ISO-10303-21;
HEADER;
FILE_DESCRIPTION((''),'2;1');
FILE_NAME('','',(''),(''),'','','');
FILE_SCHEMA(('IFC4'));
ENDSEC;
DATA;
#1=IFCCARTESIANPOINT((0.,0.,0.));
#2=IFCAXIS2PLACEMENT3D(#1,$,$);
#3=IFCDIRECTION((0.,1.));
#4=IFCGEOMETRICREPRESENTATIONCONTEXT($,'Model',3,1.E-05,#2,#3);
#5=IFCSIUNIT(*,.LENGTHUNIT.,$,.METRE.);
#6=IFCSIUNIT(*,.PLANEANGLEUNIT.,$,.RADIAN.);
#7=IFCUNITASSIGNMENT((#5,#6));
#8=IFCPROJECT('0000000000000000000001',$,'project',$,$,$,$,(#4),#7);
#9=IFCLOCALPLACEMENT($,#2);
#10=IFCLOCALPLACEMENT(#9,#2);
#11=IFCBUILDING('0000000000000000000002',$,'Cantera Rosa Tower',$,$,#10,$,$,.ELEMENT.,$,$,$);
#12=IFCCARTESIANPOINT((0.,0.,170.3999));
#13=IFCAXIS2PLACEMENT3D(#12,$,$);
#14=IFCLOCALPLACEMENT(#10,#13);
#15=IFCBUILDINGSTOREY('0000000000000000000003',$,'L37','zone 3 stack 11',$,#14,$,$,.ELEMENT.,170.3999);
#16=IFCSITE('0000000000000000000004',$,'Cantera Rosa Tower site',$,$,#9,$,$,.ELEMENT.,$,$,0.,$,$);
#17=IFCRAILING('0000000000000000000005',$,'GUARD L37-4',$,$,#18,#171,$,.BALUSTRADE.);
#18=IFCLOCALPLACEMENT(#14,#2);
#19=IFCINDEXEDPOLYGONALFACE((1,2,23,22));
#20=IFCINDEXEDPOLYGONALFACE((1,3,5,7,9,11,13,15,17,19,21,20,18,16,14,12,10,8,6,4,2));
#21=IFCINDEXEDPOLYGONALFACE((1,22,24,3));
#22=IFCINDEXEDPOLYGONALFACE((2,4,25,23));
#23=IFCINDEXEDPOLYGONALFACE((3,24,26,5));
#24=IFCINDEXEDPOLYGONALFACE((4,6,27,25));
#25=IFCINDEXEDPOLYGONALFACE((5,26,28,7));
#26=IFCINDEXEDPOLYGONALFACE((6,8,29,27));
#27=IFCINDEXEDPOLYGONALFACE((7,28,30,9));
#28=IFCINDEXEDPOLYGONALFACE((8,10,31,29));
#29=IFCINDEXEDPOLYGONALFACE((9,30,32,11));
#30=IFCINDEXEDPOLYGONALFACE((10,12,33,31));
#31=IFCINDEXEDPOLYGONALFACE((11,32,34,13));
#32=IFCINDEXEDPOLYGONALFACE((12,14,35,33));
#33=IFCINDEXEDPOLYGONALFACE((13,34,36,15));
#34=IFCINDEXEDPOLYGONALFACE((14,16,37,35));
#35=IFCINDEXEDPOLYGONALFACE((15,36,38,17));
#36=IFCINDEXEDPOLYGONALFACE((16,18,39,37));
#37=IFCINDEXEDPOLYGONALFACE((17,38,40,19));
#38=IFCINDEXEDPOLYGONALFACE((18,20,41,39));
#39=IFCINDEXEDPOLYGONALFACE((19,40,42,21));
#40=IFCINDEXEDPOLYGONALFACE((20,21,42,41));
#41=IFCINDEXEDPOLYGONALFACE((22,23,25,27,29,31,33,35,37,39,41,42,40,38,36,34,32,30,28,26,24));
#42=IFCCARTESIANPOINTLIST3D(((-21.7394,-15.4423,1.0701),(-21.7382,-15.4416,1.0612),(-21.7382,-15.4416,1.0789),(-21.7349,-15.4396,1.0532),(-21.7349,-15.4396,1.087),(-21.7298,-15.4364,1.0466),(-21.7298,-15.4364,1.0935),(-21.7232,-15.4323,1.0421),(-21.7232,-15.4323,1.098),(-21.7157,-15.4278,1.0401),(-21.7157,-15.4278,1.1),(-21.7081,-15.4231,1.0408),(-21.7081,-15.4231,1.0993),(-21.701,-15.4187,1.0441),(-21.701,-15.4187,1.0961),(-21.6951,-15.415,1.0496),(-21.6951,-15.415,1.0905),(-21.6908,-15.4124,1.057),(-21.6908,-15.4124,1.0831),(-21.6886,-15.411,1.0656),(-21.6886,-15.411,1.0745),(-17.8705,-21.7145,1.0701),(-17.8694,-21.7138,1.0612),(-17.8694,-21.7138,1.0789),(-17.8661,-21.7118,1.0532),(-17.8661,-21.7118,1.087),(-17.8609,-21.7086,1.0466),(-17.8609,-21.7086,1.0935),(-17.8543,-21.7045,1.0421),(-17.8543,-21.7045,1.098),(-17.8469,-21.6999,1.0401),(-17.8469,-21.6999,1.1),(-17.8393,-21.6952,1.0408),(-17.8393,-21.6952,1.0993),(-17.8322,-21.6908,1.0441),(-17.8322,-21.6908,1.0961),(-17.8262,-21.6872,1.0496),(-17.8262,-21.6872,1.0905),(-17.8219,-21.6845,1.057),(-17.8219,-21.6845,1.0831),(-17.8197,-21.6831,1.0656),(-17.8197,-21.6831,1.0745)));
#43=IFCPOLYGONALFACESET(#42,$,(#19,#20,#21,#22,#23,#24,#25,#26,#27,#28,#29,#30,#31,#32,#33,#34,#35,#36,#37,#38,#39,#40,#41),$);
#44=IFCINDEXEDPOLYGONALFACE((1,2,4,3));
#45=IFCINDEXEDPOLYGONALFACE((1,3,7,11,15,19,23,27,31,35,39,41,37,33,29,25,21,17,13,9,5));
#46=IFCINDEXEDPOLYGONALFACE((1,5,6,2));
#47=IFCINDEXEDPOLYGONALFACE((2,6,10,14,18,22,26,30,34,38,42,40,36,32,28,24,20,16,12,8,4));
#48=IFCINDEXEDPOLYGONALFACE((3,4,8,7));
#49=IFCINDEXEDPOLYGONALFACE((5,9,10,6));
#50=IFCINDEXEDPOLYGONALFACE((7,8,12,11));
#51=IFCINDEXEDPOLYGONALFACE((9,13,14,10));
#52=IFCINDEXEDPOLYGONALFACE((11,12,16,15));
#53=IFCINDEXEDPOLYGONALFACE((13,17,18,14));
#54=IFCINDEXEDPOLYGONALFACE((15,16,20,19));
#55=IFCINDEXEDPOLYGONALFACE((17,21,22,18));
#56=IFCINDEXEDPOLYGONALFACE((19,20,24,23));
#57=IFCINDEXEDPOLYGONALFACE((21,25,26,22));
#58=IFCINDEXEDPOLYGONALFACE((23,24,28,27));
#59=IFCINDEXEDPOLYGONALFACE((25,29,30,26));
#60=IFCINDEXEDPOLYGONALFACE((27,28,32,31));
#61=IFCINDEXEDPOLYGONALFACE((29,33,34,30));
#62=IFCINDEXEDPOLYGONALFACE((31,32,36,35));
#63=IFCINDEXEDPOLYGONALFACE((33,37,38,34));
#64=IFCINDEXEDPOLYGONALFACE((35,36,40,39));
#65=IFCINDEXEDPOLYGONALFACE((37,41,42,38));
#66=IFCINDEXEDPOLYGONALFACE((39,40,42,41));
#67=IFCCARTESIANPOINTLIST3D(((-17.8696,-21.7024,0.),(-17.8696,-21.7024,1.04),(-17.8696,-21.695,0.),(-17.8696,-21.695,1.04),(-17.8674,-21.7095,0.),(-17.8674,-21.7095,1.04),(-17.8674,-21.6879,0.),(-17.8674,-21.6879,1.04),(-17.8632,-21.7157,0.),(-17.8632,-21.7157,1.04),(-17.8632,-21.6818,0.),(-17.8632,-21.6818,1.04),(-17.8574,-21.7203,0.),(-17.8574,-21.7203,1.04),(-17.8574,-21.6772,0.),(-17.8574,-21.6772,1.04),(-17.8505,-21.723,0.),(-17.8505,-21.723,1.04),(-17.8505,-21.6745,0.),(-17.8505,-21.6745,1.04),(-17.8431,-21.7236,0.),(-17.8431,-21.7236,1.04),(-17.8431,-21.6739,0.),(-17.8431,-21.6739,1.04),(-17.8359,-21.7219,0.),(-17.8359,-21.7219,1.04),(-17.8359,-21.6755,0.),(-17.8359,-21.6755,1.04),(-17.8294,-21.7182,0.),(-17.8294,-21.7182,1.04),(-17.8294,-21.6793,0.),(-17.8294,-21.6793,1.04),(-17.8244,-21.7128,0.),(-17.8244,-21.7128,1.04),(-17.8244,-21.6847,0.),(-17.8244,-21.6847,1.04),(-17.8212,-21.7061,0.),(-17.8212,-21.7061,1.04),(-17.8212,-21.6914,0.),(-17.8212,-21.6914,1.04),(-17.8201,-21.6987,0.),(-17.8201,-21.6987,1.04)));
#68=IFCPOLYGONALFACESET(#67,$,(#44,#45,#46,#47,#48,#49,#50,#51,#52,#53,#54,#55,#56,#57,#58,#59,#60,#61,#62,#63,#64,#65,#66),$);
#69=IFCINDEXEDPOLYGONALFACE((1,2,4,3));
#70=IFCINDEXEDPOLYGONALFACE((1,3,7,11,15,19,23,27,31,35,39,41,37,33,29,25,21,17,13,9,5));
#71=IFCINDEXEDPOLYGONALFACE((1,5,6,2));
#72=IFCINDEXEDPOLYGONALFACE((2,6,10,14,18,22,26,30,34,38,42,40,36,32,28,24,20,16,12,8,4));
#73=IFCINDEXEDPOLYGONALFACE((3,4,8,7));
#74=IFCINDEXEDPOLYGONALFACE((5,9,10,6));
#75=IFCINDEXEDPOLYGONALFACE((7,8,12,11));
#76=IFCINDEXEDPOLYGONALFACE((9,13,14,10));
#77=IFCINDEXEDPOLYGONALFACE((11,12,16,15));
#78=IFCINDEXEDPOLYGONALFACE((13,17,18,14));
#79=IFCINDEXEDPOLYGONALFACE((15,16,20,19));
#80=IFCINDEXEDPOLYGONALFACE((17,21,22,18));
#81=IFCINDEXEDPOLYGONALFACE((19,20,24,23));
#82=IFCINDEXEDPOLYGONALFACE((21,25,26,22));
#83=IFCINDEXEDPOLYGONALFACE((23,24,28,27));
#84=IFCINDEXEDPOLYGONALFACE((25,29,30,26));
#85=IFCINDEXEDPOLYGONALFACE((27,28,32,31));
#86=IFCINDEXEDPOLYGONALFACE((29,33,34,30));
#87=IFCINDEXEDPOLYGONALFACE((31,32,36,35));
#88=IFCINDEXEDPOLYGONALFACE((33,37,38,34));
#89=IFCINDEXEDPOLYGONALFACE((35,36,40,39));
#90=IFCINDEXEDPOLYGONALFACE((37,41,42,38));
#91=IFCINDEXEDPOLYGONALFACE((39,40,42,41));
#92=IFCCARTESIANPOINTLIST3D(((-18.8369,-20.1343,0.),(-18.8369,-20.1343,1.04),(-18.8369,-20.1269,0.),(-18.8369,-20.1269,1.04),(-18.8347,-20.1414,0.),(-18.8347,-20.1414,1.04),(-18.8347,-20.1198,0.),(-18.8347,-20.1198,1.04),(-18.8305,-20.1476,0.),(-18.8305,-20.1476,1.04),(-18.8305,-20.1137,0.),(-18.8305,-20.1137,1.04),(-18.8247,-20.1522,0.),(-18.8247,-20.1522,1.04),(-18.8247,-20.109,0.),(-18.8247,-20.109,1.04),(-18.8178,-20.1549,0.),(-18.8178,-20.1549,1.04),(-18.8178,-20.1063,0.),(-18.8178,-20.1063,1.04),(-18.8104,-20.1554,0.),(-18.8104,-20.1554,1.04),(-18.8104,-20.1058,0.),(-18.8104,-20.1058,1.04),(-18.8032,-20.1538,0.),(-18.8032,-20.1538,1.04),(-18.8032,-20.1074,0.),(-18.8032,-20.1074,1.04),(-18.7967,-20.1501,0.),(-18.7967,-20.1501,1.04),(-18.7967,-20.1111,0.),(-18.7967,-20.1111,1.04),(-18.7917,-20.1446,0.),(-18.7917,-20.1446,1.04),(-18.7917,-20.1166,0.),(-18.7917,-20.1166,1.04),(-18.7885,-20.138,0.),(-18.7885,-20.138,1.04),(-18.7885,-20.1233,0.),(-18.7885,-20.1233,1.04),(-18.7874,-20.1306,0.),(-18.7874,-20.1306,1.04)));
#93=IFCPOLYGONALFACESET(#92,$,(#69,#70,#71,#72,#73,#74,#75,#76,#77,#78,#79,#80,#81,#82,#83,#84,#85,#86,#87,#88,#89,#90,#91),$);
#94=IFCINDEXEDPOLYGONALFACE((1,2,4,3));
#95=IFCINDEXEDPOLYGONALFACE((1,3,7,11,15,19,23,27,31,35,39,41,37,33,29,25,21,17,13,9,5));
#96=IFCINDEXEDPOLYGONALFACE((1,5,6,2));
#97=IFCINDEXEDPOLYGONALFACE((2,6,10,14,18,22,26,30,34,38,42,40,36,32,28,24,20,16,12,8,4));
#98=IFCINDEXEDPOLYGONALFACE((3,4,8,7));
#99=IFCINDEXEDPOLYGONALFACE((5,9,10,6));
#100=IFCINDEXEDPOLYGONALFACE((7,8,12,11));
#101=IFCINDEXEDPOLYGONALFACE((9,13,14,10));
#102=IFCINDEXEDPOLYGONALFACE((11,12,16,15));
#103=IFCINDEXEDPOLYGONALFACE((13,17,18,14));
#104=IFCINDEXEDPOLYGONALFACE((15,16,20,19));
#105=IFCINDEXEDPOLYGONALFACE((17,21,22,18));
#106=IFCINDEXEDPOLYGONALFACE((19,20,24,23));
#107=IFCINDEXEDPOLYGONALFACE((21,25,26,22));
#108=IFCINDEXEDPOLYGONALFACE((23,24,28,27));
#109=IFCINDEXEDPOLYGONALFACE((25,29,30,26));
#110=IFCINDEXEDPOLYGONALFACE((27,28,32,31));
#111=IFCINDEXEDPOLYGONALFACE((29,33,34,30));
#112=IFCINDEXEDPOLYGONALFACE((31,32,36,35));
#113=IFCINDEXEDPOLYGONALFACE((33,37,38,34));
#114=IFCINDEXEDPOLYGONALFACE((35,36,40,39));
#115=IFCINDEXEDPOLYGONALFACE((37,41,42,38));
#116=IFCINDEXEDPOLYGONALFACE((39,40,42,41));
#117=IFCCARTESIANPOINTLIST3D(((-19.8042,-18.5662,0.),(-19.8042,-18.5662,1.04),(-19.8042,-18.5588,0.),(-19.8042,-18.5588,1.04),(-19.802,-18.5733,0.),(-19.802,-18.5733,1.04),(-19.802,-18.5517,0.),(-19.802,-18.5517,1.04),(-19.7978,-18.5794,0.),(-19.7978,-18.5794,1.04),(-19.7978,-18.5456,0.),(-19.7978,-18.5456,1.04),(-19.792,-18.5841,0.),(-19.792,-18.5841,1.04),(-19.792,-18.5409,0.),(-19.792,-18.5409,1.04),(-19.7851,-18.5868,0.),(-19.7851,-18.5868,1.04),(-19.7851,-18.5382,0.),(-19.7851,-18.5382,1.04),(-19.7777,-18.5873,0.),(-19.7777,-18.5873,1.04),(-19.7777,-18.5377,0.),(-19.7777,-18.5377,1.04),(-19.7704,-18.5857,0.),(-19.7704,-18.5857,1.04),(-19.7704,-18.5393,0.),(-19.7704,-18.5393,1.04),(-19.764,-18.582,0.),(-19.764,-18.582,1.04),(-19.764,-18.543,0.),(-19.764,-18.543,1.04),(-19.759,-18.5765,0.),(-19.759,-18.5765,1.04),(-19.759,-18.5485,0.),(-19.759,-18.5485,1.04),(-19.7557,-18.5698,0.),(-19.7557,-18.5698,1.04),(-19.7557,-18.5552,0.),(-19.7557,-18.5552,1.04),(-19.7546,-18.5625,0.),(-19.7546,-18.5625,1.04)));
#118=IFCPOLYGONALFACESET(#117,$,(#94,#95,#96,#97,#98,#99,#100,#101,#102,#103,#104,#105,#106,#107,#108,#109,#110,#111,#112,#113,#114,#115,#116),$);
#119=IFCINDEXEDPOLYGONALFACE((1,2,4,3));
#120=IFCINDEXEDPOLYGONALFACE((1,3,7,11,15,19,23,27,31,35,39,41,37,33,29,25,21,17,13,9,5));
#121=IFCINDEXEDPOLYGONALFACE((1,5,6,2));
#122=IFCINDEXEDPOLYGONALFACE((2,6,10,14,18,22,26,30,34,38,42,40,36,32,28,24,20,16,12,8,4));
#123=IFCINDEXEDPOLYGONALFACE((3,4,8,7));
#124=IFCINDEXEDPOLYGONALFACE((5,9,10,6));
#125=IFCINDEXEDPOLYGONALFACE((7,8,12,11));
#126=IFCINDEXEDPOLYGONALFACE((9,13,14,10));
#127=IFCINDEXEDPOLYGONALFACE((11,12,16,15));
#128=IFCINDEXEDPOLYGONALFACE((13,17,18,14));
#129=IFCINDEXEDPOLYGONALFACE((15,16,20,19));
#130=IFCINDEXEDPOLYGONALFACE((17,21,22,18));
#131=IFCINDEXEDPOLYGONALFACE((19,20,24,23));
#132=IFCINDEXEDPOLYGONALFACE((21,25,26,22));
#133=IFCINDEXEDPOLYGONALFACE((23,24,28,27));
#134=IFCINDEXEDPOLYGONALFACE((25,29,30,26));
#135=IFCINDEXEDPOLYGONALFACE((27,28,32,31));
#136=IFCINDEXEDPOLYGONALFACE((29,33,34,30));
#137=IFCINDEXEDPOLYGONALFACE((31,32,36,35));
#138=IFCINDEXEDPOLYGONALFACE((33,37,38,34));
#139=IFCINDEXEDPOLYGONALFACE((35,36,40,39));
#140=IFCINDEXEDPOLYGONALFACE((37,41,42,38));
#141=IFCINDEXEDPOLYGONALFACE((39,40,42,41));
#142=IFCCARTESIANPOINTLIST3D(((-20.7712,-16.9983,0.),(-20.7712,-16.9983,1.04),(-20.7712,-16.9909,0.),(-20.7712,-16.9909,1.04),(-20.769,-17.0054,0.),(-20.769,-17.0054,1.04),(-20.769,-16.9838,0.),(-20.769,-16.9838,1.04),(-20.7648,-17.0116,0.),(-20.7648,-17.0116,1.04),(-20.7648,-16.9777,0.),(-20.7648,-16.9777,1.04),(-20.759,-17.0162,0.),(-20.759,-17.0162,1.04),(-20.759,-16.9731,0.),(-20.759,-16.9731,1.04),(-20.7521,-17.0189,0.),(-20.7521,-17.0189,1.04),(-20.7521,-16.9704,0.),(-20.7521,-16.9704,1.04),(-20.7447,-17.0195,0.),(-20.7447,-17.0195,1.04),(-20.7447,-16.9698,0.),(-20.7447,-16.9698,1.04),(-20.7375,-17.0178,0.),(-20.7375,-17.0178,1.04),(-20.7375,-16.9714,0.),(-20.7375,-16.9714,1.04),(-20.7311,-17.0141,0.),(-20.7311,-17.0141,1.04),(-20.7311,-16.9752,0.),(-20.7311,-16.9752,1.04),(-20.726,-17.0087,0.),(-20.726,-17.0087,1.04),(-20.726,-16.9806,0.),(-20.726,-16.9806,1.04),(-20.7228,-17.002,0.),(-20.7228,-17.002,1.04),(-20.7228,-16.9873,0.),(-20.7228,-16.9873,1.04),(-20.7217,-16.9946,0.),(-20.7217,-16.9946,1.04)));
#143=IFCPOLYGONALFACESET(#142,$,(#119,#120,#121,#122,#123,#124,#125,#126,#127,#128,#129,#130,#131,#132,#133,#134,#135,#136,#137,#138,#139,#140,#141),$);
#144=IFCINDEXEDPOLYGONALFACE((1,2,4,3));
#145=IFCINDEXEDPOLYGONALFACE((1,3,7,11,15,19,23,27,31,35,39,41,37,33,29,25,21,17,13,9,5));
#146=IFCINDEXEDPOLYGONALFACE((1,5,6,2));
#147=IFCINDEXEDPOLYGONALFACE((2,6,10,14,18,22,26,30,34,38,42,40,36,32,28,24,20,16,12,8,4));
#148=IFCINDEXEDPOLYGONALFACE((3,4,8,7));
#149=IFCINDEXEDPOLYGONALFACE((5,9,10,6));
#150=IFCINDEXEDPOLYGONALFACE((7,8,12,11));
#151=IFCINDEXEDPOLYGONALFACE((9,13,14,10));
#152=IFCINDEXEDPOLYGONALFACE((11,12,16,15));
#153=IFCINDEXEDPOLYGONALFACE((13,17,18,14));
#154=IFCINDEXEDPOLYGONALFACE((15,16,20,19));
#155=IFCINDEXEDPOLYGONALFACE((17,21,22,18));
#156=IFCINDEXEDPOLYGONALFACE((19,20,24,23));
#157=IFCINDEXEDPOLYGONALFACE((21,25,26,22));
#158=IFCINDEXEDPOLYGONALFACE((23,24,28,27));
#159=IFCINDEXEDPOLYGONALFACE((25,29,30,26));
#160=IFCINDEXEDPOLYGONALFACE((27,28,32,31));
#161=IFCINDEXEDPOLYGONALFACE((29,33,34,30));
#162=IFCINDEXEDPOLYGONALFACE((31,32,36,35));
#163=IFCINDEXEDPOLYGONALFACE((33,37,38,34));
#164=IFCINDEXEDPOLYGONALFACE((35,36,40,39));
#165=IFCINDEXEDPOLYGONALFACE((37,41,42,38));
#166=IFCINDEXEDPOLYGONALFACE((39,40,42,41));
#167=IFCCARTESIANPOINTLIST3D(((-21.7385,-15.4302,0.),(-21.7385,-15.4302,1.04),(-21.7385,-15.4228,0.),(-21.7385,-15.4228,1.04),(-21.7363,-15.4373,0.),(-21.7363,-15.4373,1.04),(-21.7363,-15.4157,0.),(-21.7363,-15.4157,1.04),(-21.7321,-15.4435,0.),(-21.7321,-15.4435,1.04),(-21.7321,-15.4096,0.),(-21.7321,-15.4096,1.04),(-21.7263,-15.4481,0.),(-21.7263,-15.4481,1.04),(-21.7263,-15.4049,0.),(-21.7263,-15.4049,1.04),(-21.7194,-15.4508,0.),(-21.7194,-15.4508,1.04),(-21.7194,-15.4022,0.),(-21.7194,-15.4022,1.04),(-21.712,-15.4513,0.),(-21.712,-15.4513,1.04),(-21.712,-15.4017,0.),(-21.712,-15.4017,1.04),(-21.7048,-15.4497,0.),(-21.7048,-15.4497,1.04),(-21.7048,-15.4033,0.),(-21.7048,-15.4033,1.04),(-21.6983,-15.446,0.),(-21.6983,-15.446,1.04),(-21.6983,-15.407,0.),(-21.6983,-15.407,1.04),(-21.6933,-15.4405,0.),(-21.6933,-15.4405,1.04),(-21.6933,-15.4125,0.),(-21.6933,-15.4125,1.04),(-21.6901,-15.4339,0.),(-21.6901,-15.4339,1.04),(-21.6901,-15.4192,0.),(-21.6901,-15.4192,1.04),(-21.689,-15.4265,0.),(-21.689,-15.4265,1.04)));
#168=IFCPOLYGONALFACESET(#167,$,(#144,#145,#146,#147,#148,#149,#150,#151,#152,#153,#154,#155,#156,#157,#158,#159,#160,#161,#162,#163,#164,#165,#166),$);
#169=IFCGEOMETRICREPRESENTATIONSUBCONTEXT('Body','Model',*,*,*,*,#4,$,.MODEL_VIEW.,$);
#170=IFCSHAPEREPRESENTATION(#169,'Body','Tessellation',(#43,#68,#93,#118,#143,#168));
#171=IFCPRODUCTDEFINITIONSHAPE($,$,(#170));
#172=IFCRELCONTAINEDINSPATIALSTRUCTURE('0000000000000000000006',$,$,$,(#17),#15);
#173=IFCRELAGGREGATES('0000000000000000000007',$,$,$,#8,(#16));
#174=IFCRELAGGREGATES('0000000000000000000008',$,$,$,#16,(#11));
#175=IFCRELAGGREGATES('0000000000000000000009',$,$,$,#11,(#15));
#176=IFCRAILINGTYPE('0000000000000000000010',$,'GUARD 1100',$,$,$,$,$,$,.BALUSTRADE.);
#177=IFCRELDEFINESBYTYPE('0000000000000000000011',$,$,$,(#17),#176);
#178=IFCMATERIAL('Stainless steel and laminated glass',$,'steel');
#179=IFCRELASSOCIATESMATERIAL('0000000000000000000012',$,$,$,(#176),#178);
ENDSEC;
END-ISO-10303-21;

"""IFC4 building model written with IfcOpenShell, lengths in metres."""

from ifc_helpers import new_model, si_unit, direction, frame, origin, origin_2d, place, context, subcontext, project, spatial, circle, extrude, material, type_object, element, save


model = new_model("IFC4")

# Units and contexts
model_context = context("Model", 3, precision=1e-05, world=origin(), true_north=direction((0.0, 1.0)))
body_context = subcontext(model_context, "Body", "Model", "MODEL_VIEW")
ifc_project = project(units=[si_unit("LENGTHUNIT", "METRE"), si_unit("PLANEANGLEUNIT", "RADIAN")], contexts=[model_context])

# Site, building, storey
site_placement = place(None, origin())
site = spatial("IfcSite", under=ifc_project, at=site_placement, Name="Cantera Rosa Tower site", CompositionType="ELEMENT", RefElevation=0.0)
building_placement = place(site_placement, origin())
building = spatial("IfcBuilding", under=site, at=building_placement, Name="Cantera Rosa Tower", CompositionType="ELEMENT")
storey_placement = place(building_placement, frame((0.0, 0.0, 170.3999)))
storey = spatial("IfcBuildingStorey", under=building, at=storey_placement, Name="L37", Description="zone 3 stack 11", CompositionType="ELEMENT", Elevation=170.3999)

# Railing
ifc_material_1 = material(Name="Stainless steel and laminated glass", Category="steel")
railing_type = type_object("IfcRailingType", Name="GUARD 1100", PredefinedType="BALUSTRADE", material=ifc_material_1)
railing_1_placement = place(storey_placement, frame((-17.845, -21.6987, 0.0)))
element("IfcRailing", 1, at=railing_1_placement, inside=storey, type_object=railing_type, Name="GUARD L37-4", PredefinedType="BALUSTRADE", context=body_context, shape_type="SweptSolid", body=[
    extrude(circle(Radius=0.03, at=origin_2d()), frame((0.0, 0.0, 1.0701), z_axis=(-0.52499, 0.851108, 0.0), x_axis=(-0.851108, -0.52499, 0.0)), (0.0, 0.0, 1.0), 7.3694),
    extrude(circle(Radius=0.0249, at=origin_2d()), origin(), (0.0, 0.0, 1.0), 1.04),
    extrude(circle(Radius=0.0249, at=origin_2d()), frame((-0.9673, 1.5681, 0.0)), (0.0, 0.0, 1.0), 1.04),
    extrude(circle(Radius=0.0249, at=origin_2d()), frame((-1.9346, 3.1362, 0.0)), (0.0, 0.0, 1.0), 1.04),
    extrude(circle(Radius=0.0249, at=origin_2d()), frame((-2.9016, 4.7041, 0.0)), (0.0, 0.0, 1.0), 1.04),
    extrude(circle(Radius=0.0249, at=origin_2d()), frame((-3.8689, 6.2722, 0.0)), (0.0, 0.0, 1.0), 1.04),
])

save(model, "model.ifc")
